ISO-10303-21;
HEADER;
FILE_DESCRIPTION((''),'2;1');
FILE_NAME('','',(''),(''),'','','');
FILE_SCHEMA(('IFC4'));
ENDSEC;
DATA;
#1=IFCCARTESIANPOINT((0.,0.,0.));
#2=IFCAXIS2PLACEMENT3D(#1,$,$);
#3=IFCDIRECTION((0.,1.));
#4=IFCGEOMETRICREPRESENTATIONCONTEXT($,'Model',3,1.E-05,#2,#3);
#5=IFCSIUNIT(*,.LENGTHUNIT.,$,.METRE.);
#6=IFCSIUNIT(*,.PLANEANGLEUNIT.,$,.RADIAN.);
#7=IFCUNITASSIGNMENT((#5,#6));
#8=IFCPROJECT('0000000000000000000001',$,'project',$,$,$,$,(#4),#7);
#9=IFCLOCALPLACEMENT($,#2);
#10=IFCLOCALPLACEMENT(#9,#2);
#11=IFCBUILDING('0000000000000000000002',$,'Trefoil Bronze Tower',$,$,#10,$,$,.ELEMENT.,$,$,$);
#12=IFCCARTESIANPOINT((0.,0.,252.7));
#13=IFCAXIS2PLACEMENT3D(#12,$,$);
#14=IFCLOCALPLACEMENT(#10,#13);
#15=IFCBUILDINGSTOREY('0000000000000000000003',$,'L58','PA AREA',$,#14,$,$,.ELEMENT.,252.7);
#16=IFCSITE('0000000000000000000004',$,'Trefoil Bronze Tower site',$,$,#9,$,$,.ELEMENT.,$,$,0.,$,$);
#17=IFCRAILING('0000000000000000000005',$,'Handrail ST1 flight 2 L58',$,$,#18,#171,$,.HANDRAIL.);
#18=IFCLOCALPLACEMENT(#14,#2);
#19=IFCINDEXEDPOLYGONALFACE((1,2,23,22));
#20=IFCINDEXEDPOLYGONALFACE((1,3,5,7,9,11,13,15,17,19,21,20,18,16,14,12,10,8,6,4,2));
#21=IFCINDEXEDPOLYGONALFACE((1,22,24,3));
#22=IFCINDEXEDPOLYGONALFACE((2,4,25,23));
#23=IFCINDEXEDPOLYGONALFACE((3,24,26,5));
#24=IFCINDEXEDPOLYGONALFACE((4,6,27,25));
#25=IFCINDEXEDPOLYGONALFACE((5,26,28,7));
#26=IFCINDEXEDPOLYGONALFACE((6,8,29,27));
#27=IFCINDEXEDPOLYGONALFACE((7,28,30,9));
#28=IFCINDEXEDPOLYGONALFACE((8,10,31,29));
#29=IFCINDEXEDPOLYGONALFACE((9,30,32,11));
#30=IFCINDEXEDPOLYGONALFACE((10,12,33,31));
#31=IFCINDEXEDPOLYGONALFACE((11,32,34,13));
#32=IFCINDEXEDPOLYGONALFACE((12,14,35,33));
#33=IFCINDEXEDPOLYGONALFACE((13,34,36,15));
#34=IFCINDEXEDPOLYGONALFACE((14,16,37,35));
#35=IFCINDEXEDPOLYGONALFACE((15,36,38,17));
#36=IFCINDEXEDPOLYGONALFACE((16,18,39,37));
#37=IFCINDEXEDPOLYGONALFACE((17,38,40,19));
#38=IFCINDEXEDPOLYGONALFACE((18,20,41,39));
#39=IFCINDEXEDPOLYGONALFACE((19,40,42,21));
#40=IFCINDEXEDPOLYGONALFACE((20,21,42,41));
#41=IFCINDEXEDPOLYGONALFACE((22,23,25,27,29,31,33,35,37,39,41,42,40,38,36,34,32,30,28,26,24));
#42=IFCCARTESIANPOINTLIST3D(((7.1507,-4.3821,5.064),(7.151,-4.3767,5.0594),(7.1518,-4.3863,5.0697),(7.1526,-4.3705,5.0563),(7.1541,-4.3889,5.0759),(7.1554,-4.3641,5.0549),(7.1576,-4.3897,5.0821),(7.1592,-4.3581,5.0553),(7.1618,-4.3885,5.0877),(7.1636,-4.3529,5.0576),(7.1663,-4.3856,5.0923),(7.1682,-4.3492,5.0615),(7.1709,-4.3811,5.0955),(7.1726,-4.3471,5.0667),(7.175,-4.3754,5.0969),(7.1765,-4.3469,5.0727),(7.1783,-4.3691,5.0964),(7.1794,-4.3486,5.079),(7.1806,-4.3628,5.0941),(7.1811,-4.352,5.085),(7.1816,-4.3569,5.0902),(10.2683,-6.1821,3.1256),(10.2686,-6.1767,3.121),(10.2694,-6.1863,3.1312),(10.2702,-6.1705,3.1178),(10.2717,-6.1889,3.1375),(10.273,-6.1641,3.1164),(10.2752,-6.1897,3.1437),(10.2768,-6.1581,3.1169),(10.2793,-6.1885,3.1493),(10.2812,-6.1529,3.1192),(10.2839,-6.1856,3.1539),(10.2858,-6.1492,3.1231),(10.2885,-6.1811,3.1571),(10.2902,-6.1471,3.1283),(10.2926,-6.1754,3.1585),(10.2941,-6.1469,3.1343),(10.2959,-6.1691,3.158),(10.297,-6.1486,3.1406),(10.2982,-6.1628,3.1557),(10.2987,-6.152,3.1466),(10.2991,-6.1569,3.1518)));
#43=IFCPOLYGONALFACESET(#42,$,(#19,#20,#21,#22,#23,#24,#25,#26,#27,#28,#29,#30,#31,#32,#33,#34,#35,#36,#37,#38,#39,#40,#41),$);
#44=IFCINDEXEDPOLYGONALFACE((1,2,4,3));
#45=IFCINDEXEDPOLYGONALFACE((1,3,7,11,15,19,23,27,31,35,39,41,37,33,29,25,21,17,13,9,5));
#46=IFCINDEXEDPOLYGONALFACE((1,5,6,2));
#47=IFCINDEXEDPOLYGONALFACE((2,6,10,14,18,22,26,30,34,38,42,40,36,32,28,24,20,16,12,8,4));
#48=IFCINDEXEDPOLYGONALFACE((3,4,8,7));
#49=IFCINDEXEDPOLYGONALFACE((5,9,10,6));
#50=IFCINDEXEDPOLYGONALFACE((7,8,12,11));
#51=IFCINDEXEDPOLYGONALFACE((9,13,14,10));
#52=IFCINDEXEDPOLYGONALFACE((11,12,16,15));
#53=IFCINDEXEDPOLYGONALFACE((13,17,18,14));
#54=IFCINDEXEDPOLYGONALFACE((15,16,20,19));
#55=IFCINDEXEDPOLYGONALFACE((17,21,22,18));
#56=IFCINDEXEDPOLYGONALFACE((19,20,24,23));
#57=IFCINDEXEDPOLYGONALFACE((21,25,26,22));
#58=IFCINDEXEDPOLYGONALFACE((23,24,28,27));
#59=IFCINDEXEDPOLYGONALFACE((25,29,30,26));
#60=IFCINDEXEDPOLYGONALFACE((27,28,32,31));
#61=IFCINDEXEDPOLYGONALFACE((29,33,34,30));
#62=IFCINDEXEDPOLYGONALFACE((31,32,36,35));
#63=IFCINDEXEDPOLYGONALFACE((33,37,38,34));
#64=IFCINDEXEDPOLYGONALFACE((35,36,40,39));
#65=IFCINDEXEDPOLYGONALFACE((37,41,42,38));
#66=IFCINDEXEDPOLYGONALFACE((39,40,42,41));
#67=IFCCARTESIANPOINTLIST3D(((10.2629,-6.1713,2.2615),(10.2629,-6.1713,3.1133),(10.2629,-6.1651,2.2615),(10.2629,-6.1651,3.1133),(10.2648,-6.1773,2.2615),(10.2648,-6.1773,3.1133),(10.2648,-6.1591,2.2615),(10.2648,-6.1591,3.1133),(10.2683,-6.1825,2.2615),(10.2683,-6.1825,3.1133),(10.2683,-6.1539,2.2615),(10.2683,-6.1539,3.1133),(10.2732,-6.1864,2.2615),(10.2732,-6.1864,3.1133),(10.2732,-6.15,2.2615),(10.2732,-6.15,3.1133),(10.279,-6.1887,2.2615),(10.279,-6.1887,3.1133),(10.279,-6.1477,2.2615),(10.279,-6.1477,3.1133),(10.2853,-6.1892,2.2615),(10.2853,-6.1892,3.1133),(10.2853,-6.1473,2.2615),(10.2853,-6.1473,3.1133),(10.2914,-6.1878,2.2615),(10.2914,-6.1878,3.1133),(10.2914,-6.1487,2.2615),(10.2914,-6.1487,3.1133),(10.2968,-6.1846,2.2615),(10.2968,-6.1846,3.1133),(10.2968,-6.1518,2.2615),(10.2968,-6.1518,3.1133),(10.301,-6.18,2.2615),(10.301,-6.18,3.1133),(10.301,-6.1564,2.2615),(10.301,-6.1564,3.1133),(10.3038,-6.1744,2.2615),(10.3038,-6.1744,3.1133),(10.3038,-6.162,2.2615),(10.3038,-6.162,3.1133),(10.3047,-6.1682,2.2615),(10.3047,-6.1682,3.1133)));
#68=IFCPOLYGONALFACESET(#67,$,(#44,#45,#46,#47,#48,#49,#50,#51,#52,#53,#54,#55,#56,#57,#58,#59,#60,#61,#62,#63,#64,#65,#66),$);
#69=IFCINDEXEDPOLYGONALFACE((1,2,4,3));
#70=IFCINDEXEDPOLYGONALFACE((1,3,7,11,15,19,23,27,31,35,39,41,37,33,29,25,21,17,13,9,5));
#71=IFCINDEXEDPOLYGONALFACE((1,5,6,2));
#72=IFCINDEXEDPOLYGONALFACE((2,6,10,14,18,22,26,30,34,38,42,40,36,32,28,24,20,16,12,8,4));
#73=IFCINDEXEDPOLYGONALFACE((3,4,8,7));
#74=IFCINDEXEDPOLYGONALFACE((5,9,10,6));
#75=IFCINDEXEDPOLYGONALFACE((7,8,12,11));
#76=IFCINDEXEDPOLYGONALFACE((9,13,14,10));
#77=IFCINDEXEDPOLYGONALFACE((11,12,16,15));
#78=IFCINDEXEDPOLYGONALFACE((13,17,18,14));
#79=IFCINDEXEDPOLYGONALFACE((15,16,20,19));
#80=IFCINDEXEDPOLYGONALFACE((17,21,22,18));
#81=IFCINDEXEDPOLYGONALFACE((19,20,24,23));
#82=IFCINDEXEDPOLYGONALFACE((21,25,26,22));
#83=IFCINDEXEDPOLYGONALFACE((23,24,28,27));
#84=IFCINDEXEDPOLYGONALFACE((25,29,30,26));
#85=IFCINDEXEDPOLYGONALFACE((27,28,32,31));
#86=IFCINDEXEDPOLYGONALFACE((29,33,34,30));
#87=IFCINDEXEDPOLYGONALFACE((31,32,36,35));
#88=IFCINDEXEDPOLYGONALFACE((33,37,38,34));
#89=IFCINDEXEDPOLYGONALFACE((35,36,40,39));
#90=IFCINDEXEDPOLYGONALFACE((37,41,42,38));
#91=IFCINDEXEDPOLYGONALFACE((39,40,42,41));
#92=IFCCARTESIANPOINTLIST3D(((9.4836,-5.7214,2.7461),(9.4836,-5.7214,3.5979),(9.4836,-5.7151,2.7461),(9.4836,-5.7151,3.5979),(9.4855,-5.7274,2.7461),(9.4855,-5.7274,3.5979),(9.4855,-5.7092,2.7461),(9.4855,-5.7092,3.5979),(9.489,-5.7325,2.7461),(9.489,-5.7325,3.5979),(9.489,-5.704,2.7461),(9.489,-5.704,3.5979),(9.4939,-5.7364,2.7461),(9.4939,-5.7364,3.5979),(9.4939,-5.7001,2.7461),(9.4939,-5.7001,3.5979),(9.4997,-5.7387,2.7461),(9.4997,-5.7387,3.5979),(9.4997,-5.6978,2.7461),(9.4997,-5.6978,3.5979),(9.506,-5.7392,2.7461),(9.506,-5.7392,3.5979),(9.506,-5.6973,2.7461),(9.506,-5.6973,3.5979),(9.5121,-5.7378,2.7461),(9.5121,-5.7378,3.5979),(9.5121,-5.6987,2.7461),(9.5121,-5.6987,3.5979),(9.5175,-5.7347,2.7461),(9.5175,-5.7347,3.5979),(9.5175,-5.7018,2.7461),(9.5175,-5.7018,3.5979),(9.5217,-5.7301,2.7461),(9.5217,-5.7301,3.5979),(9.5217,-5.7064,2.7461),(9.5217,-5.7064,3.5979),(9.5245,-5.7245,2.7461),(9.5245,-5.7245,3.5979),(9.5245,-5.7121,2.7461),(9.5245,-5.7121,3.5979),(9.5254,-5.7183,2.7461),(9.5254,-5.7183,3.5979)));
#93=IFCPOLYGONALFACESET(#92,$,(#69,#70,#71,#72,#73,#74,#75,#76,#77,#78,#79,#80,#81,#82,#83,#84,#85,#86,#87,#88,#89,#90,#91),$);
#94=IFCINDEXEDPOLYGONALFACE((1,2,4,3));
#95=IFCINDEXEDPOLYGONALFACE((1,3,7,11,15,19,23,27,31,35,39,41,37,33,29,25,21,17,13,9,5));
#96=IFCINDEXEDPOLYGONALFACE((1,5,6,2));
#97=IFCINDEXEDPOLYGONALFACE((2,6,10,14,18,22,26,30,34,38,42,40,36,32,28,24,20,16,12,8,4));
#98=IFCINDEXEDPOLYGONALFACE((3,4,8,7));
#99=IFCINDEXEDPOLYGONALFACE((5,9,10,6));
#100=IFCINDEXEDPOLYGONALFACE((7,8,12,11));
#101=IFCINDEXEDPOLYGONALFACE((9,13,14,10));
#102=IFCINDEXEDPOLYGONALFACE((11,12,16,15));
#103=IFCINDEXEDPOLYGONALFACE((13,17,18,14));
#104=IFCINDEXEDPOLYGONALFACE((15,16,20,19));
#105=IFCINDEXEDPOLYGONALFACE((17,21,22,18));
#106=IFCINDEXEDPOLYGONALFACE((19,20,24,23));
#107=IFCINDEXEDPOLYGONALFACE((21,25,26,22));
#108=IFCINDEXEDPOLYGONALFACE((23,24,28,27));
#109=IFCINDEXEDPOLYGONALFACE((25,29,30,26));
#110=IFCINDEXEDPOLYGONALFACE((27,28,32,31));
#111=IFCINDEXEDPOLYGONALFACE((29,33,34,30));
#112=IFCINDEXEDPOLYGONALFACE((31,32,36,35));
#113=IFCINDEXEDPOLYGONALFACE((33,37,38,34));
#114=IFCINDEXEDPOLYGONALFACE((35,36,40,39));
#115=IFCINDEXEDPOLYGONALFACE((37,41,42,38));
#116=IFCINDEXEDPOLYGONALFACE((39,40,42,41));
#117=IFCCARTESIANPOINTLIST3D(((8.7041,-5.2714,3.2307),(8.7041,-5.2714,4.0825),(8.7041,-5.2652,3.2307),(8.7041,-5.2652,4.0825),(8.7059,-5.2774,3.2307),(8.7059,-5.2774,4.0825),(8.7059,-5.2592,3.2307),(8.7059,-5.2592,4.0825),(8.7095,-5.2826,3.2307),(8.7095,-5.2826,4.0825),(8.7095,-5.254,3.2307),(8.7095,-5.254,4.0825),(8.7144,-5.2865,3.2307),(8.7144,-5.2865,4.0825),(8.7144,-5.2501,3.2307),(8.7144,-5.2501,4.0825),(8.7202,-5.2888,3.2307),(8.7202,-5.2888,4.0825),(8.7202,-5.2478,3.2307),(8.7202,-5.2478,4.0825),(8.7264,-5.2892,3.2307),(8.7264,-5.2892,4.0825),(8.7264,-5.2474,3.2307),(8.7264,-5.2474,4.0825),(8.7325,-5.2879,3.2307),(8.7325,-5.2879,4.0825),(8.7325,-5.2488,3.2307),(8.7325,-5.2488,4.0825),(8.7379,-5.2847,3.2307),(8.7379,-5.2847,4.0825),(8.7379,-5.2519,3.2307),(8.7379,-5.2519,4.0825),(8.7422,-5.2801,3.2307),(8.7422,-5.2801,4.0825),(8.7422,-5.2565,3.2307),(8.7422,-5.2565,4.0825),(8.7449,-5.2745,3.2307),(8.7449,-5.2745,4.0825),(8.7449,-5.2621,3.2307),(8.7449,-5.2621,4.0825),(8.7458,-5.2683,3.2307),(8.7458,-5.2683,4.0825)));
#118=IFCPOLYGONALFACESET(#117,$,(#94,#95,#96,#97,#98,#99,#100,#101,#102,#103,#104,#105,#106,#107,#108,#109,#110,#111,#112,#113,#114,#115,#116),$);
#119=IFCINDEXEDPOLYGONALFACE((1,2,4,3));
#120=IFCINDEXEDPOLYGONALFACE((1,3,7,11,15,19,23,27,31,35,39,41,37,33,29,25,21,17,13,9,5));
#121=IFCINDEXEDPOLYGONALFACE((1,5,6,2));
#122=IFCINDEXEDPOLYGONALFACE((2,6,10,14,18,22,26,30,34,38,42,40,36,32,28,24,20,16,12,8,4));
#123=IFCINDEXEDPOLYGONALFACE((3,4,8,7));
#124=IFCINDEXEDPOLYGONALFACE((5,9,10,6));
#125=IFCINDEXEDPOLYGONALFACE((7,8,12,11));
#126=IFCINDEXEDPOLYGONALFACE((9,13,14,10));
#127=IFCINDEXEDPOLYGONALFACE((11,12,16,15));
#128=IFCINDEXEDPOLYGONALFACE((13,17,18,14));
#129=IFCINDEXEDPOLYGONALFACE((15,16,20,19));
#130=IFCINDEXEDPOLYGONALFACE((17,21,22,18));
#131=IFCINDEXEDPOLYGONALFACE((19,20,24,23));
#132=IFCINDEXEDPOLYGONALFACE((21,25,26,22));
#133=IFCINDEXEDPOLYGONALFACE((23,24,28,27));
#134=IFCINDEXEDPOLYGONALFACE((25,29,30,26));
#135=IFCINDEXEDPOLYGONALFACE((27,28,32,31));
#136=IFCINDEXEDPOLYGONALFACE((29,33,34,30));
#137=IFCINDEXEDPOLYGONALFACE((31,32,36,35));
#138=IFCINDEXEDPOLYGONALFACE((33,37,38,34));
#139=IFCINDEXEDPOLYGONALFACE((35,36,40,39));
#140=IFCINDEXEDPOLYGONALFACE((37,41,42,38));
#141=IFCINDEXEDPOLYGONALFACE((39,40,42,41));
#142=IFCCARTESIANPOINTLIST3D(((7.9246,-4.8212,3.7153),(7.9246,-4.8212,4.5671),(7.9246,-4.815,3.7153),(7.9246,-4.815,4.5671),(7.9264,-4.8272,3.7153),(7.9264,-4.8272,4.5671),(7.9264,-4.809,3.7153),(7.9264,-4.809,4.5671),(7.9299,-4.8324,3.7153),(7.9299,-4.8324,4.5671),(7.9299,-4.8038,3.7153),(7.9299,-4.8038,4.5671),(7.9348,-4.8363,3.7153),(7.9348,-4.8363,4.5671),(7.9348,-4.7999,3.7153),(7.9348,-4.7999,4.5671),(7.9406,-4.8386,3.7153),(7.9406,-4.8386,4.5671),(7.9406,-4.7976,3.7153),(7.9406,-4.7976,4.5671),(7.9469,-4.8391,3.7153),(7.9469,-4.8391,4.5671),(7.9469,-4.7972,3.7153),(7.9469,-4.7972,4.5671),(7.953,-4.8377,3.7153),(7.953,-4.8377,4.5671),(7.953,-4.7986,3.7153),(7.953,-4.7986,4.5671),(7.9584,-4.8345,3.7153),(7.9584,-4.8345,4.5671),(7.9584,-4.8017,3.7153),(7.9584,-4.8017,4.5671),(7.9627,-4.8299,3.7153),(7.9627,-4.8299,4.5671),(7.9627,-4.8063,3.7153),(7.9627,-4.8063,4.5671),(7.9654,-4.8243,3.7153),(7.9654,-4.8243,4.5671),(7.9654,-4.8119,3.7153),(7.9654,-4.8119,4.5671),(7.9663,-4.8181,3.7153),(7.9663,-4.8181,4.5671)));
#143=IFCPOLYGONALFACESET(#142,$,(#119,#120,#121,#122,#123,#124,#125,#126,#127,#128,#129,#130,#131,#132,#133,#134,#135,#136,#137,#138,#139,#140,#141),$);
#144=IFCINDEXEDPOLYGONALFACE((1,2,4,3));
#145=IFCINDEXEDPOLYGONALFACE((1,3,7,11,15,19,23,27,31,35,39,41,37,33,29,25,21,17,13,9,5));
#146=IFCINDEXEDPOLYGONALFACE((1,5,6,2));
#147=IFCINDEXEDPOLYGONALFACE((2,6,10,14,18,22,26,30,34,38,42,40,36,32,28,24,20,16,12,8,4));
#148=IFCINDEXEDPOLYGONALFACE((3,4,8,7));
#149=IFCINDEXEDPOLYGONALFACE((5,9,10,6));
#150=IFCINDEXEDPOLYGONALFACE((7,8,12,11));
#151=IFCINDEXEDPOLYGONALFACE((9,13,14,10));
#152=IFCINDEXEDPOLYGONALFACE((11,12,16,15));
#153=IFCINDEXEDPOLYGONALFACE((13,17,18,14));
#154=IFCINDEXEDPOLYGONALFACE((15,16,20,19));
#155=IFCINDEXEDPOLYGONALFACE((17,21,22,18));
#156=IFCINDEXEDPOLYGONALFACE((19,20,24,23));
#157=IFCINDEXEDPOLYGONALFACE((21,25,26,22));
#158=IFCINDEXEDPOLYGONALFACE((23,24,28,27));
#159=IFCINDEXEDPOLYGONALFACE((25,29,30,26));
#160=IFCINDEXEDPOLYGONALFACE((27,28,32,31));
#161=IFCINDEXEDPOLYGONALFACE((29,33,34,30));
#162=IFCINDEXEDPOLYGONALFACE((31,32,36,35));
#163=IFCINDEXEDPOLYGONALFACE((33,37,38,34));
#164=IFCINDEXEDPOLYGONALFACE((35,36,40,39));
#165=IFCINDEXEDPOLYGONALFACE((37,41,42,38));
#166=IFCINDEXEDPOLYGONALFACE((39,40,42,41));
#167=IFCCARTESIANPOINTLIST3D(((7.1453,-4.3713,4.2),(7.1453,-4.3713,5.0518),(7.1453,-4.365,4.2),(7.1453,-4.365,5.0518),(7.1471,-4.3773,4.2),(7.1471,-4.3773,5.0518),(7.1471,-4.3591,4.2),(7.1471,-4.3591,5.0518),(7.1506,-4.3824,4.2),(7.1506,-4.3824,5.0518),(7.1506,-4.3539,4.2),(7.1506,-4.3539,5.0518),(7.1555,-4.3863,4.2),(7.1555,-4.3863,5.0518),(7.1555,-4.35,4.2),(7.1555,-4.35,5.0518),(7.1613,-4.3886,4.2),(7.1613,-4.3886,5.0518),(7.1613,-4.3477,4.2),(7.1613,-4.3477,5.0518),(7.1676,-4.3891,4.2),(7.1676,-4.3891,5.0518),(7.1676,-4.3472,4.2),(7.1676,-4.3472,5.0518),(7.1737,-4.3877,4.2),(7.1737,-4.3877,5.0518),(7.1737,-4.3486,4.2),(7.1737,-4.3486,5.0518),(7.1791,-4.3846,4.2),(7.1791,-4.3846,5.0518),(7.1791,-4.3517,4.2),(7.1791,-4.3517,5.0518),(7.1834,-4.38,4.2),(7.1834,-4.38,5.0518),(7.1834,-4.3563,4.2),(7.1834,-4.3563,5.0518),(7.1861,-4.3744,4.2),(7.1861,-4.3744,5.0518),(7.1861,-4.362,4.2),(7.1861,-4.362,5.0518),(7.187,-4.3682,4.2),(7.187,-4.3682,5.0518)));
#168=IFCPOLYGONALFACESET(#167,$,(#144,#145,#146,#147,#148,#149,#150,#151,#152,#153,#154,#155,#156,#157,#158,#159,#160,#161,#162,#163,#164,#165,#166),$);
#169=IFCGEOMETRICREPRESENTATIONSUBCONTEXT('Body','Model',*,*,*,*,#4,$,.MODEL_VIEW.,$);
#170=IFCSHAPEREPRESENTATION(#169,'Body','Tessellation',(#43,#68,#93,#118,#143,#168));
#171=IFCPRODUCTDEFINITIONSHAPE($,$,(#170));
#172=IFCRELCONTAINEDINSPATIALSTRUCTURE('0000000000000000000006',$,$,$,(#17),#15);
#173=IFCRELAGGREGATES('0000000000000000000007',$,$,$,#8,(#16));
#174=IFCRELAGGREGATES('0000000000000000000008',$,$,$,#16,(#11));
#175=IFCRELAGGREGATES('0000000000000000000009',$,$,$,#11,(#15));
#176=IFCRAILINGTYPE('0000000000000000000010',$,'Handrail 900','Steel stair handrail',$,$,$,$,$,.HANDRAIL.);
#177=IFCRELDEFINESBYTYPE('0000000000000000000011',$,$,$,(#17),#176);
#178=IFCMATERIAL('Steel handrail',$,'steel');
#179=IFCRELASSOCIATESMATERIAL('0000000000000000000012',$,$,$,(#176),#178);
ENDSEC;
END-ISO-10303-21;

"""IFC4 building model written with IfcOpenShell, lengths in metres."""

from ifc_helpers import new_model, si_unit, direction, frame, origin, origin_2d, place, context, subcontext, project, spatial, circle, extrude, material, type_object, element, save


model = new_model("IFC4")

# Units and contexts
model_context = context("Model", 3, precision=1e-05, world=origin(), true_north=direction((0.0, 1.0)))
body_context = subcontext(model_context, "Body", "Model", "MODEL_VIEW")
ifc_project = project(units=[si_unit("LENGTHUNIT", "METRE"), si_unit("PLANEANGLEUNIT", "RADIAN")], contexts=[model_context])

# Site, building, storey
site_placement = place(None, origin())
site = spatial("IfcSite", under=ifc_project, at=site_placement, Name="Trefoil Bronze Tower site", CompositionType="ELEMENT", RefElevation=0.0)
building_placement = place(site_placement, origin())
building = spatial("IfcBuilding", under=site, at=building_placement, Name="Trefoil Bronze Tower", CompositionType="ELEMENT")
storey_placement = place(building_placement, frame((0.0, 0.0, 252.7)))
storey = spatial("IfcBuildingStorey", under=building, at=storey_placement, Name="L58", Description="PA AREA", CompositionType="ELEMENT", Elevation=252.7)

# Railing
ifc_material_1 = material(Name="Steel handrail", Category="steel")
railing_type = type_object("IfcRailingType", Name="Handrail 900", Description="Steel stair handrail", PredefinedType="HANDRAIL", material=ifc_material_1)
railing_1_placement = place(storey_placement, frame((10.2837, -6.1682, 2.2615)))
element("IfcRailing", 1, at=railing_1_placement, inside=storey, type_object=railing_type, Name="Handrail ST1 flight 2 L58", PredefinedType="HANDRAIL", context=body_context, shape_type="SweptSolid", body=[
    extrude(circle(Radius=0.0239, at=origin_2d()), frame((0.0, 0.0, 0.876), z_axis=(-0.762503, 0.440246, 0.474102), x_axis=(-0.500012, -0.866018, 0.0)), (0.0, 0.0, 1.0), 4.0886),
    extrude(circle(Radius=0.021, at=origin_2d()), origin(), (0.0, 0.0, 1.0), 0.8518),
    extrude(circle(Radius=0.021, at=origin_2d()), frame((-0.7793, 0.45, 0.4846)), (0.0, 0.0, 1.0), 0.8518),
    extrude(circle(Radius=0.021, at=origin_2d()), frame((-1.5588, 0.8999, 0.9692)), (0.0, 0.0, 1.0), 0.8518),
    extrude(circle(Radius=0.021, at=origin_2d()), frame((-2.3384, 1.3501, 1.4539)), (0.0, 0.0, 1.0), 0.8518),
    extrude(circle(Radius=0.021, at=origin_2d()), frame((-3.1177, 1.8, 1.9385)), (0.0, 0.0, 1.0), 0.8518),
])

save(model, "model.ifc")
